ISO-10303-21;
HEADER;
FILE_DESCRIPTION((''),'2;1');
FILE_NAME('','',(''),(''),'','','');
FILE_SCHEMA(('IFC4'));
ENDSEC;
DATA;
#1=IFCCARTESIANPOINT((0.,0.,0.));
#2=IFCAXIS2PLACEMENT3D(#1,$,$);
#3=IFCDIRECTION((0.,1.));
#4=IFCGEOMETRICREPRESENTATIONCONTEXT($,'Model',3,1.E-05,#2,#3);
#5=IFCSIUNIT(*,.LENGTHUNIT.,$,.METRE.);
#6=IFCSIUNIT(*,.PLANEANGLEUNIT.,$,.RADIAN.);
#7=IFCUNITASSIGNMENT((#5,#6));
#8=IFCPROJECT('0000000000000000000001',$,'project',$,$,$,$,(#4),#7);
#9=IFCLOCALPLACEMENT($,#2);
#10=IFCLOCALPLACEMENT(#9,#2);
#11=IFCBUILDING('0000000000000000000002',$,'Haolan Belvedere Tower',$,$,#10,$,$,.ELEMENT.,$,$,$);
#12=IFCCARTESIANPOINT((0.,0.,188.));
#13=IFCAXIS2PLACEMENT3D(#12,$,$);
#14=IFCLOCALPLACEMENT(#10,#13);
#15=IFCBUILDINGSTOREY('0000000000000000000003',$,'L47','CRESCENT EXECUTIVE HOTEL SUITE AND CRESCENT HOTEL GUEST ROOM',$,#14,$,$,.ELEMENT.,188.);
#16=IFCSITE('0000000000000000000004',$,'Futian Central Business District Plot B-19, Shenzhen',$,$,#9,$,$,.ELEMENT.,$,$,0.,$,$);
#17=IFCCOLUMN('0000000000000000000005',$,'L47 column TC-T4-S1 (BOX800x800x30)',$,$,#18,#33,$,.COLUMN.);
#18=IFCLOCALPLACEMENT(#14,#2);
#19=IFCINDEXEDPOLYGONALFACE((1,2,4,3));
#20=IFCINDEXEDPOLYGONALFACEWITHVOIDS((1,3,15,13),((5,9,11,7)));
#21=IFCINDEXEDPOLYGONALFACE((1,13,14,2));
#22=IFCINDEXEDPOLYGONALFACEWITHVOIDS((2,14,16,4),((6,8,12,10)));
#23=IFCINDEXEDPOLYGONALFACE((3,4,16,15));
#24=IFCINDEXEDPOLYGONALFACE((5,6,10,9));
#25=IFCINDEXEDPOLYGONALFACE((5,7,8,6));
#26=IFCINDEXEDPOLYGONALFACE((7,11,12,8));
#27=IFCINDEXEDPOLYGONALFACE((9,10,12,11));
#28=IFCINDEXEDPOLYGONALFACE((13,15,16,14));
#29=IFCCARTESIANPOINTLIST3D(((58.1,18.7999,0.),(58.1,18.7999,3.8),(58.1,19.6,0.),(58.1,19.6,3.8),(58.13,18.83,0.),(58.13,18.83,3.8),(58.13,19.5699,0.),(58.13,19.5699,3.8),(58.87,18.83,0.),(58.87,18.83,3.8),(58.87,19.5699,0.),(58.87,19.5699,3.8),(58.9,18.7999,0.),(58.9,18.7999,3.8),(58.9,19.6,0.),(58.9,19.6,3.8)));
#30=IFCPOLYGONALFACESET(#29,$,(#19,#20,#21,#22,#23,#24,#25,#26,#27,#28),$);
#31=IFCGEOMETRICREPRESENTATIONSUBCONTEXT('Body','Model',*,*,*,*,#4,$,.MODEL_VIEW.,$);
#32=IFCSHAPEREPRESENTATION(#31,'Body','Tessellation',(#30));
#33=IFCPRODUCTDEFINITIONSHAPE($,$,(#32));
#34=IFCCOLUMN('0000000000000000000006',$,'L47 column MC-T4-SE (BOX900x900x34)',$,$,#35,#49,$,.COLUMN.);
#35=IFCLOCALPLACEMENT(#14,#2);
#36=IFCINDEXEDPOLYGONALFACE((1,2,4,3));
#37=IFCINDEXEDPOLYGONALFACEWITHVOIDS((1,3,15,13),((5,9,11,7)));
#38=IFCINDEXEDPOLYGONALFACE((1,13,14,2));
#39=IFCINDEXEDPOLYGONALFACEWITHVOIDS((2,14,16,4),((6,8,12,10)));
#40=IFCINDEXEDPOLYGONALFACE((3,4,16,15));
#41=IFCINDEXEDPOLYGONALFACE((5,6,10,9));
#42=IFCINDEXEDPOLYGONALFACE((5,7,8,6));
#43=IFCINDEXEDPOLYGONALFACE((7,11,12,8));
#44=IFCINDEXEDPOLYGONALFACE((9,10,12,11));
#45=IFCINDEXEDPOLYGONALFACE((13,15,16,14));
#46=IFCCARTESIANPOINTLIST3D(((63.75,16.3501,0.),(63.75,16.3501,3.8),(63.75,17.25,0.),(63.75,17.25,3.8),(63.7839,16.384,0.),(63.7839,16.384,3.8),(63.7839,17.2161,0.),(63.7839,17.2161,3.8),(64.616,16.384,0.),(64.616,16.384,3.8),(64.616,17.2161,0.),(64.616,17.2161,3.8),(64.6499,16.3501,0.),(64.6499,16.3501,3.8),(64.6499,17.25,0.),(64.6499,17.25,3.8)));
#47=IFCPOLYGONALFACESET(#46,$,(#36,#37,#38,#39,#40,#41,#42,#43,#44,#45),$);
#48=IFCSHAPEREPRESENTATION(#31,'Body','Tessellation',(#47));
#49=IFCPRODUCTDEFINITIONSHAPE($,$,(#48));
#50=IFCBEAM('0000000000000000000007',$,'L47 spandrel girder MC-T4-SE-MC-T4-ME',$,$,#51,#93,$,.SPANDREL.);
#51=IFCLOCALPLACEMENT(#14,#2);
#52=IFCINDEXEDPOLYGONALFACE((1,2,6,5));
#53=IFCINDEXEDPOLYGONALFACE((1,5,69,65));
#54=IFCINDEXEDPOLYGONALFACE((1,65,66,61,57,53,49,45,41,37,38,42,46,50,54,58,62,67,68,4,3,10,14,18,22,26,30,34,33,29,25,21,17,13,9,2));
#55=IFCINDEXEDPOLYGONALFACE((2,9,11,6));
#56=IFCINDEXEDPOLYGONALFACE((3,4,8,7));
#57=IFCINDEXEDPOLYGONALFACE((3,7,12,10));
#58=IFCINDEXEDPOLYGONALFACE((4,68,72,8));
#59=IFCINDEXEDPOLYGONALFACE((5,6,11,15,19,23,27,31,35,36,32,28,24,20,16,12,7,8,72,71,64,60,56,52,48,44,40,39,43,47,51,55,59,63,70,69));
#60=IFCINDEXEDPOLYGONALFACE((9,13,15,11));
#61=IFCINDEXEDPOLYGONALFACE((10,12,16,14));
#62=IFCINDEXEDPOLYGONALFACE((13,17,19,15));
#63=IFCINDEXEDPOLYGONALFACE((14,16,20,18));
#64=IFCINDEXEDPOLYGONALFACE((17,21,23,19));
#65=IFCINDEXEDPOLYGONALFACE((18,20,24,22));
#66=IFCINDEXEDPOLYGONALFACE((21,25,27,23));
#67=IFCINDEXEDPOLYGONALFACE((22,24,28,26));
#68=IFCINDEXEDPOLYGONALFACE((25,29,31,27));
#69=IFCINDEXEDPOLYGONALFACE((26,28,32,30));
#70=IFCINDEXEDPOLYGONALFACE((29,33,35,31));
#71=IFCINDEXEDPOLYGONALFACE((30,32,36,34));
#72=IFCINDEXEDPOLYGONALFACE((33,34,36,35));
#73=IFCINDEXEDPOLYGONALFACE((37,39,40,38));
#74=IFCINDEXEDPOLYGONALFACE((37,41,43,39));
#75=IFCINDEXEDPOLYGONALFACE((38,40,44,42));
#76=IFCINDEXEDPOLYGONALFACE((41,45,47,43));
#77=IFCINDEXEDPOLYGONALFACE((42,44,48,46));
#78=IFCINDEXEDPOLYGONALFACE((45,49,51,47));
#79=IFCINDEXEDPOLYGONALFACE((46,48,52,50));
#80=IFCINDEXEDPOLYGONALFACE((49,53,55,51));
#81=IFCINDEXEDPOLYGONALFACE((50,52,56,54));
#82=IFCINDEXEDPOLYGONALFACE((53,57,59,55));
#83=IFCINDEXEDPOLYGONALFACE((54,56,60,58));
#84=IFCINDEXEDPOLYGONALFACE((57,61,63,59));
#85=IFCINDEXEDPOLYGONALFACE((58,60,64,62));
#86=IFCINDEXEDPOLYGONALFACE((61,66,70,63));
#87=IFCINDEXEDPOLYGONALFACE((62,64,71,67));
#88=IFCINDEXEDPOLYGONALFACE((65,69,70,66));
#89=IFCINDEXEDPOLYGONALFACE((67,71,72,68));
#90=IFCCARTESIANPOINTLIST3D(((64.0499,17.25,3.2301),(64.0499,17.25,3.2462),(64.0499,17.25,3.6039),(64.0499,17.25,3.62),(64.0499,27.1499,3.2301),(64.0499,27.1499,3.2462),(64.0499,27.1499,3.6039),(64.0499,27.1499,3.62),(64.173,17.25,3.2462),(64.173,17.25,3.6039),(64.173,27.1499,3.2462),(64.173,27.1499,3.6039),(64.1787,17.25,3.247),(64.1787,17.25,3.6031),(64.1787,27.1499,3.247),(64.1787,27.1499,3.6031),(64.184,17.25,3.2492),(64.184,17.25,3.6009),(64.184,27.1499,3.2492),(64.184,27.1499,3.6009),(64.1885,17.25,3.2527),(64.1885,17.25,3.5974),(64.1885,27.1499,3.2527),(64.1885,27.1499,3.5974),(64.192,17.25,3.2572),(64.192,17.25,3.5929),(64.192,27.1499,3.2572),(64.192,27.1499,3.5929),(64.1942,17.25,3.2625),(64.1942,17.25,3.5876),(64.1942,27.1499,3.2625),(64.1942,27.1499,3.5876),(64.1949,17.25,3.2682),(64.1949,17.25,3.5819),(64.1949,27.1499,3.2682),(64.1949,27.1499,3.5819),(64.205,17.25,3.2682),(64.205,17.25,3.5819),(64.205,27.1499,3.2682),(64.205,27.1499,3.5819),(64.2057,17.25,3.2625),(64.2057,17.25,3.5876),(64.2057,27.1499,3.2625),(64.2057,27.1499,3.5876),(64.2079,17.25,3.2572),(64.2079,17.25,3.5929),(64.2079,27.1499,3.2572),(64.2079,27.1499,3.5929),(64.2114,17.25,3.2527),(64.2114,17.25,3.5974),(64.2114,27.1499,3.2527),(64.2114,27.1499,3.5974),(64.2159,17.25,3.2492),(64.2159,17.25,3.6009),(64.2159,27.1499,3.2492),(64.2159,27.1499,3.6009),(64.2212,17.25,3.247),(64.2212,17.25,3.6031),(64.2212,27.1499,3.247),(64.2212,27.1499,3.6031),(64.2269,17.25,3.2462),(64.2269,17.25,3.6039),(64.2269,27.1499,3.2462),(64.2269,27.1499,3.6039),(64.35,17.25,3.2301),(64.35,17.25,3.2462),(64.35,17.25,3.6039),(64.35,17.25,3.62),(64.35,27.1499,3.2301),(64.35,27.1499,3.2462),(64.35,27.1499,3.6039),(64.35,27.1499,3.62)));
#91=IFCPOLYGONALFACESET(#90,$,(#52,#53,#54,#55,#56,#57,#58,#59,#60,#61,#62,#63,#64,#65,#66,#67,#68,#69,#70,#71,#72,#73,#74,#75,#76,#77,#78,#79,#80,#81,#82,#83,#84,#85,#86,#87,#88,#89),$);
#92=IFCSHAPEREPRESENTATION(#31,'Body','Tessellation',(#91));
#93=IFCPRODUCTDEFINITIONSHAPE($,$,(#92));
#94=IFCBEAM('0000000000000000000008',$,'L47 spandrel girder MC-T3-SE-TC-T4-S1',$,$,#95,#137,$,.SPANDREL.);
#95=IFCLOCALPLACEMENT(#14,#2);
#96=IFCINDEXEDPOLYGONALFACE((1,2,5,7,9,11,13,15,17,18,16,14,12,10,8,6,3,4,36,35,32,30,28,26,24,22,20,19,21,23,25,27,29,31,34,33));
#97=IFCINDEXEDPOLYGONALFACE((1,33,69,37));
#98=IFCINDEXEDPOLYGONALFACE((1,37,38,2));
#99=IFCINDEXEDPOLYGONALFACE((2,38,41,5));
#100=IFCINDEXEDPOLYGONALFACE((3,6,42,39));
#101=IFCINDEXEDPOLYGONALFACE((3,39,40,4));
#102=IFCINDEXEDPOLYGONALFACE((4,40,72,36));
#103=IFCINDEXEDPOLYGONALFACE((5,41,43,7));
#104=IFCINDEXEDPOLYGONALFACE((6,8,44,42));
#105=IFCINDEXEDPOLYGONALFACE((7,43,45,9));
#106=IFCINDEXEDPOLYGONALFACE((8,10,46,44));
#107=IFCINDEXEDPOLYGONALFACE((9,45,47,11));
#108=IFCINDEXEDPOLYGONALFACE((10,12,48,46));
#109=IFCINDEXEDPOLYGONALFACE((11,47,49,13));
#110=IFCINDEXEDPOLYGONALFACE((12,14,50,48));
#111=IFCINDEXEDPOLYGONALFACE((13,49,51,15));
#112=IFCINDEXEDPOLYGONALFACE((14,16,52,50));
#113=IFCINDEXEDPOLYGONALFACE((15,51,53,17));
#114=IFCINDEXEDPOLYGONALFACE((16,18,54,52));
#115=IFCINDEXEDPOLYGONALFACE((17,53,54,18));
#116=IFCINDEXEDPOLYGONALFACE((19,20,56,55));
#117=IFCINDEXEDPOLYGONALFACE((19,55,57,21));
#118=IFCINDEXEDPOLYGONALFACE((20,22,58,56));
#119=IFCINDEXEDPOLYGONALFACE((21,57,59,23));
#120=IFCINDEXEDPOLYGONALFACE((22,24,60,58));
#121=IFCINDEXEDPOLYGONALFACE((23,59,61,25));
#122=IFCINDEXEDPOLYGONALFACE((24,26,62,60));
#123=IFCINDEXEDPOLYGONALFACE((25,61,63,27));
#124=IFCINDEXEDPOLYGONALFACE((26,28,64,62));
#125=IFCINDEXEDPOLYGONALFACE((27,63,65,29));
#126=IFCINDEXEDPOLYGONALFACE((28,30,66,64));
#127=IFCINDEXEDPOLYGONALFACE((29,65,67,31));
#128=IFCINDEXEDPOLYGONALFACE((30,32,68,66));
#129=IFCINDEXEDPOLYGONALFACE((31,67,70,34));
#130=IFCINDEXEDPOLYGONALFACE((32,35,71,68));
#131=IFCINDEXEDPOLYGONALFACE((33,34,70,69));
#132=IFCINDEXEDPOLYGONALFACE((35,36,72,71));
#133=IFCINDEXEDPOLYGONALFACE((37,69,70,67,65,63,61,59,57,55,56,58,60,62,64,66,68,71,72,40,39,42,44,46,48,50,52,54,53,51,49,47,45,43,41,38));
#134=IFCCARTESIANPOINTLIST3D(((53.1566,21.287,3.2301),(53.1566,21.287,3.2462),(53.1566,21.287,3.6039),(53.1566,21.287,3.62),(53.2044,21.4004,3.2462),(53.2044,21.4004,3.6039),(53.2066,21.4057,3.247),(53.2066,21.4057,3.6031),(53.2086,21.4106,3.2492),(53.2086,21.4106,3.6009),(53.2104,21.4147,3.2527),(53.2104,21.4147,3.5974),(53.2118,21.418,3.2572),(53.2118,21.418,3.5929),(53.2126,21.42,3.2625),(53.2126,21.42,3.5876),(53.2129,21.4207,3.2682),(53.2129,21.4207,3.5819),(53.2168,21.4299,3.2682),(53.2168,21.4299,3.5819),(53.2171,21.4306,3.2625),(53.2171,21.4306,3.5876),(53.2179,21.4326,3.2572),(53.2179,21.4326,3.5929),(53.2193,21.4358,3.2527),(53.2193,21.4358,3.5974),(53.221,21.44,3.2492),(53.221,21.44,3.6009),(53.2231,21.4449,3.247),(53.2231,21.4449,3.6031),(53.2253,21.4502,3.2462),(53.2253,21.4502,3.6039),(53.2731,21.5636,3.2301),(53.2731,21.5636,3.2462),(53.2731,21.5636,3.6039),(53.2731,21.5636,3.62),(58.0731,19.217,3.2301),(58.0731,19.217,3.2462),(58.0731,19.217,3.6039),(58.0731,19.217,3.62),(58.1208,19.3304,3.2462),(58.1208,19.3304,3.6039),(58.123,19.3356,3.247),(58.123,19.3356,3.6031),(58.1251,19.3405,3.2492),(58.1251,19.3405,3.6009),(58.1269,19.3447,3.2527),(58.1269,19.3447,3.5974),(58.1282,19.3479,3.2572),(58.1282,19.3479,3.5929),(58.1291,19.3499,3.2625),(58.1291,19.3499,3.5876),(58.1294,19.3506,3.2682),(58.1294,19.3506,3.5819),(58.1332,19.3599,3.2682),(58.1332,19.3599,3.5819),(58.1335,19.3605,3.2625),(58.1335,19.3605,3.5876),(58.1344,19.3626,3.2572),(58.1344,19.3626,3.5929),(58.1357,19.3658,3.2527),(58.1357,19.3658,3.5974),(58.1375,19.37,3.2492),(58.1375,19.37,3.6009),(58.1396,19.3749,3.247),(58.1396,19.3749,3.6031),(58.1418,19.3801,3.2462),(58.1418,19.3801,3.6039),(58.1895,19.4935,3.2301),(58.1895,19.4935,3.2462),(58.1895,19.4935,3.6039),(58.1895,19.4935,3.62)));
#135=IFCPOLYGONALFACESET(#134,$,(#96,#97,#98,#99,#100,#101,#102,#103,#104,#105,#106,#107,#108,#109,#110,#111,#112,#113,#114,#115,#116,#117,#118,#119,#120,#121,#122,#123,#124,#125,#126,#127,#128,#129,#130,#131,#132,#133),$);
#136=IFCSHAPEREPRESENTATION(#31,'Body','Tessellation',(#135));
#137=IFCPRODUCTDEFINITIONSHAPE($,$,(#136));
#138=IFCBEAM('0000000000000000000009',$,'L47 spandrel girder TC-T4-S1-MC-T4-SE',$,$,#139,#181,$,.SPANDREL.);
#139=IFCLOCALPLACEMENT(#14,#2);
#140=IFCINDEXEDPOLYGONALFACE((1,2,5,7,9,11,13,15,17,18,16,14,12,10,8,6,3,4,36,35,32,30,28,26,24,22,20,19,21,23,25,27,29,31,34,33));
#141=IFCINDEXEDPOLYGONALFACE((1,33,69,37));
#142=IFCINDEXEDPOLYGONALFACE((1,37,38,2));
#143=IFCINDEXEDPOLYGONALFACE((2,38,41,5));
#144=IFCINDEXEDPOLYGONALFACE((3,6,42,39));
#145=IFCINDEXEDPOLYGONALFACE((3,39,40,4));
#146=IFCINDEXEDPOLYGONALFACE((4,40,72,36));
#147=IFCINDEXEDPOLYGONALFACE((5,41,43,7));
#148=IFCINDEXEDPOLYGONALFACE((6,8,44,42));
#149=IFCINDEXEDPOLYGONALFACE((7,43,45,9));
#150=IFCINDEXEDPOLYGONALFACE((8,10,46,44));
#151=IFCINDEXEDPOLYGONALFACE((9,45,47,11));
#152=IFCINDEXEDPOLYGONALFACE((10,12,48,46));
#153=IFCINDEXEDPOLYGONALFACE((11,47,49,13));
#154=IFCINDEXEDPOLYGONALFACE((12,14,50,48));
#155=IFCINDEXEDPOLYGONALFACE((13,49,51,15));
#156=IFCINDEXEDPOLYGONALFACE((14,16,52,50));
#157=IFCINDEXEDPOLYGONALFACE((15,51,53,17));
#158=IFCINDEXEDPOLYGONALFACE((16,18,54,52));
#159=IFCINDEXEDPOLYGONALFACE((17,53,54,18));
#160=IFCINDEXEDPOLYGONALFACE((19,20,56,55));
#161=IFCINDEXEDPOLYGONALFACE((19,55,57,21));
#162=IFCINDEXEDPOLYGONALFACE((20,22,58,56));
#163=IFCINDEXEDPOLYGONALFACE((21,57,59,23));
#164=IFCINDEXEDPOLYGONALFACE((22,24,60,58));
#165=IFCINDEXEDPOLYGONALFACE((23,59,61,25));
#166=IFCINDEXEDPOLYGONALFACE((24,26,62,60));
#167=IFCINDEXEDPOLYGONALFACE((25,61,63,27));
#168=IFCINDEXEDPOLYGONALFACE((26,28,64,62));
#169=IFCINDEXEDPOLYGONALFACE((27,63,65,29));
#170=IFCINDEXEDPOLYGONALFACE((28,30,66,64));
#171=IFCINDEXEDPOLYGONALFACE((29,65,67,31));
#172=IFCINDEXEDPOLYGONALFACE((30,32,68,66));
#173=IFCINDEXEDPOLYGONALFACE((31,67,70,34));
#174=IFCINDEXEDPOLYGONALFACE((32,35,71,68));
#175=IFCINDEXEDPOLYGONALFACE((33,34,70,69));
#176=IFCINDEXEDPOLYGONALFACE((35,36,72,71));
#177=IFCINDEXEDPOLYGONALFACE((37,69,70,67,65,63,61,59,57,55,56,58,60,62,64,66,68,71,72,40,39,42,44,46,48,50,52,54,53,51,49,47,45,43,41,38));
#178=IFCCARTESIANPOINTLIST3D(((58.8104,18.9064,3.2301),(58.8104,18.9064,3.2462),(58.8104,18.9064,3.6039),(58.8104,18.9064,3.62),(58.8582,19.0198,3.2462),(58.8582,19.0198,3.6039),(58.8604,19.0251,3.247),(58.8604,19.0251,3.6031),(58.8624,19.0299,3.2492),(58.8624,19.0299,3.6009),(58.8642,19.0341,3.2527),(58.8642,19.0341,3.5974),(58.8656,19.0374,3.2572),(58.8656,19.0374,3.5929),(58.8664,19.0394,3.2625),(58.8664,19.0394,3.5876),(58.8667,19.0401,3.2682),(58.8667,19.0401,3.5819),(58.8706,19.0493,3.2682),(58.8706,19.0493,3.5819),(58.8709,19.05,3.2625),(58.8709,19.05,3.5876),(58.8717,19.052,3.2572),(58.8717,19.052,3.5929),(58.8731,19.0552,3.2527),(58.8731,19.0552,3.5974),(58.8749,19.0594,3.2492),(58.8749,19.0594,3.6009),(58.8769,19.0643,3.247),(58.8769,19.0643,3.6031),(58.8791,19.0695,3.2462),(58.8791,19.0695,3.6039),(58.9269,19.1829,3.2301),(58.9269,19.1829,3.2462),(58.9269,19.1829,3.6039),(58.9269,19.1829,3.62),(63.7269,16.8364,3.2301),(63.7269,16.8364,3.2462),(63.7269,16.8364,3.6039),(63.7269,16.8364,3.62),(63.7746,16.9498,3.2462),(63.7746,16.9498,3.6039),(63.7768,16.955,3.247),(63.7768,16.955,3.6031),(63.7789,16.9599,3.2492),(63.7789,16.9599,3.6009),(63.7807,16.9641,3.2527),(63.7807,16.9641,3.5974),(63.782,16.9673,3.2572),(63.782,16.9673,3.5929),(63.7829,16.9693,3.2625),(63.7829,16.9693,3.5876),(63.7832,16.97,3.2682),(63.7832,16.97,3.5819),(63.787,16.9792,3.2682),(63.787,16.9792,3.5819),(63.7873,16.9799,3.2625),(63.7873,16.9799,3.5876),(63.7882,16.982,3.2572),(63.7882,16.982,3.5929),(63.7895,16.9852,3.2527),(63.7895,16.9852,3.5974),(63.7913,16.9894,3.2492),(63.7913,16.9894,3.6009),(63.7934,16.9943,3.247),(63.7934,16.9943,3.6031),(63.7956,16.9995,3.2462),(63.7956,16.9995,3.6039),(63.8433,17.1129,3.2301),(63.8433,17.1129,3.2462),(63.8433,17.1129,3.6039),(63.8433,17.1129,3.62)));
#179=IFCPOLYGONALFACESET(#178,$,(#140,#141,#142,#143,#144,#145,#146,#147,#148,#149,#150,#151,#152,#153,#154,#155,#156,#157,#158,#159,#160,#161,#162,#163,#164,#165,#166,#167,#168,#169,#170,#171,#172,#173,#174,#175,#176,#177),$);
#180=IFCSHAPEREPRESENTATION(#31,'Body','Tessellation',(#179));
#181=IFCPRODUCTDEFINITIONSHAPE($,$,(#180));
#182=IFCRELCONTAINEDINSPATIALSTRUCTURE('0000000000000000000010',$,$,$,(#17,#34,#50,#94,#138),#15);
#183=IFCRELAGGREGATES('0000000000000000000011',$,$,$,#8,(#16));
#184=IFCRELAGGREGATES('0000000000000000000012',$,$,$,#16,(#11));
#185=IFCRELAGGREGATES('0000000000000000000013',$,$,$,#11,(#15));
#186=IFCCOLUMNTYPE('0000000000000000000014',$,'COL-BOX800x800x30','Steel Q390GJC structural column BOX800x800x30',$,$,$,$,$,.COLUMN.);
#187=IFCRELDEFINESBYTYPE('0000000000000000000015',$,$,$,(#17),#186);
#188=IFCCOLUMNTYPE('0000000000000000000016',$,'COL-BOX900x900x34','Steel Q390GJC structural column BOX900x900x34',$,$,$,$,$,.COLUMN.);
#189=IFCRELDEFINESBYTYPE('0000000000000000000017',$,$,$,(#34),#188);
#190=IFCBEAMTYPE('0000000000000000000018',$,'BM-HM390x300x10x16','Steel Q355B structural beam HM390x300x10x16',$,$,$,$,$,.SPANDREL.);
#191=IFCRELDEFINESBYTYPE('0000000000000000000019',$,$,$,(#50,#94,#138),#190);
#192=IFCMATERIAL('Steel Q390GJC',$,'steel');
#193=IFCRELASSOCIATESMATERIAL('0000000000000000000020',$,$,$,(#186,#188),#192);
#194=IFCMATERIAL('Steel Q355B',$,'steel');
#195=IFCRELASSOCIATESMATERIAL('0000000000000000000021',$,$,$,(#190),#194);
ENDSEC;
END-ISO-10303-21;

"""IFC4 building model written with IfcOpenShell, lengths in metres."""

from ifc_helpers import new_model, si_unit, direction, frame, origin, origin_2d, place, context, subcontext, project, spatial, hollow_rectangle, i_section, extrude, material, material_profile, profile_set, type_object, element, save


model = new_model("IFC4")

# Units and contexts
model_context = context("Model", 3, precision=1e-05, world=origin(), true_north=direction((0.0, 1.0)))
body_context = subcontext(model_context, "Body", "Model", "MODEL_VIEW")
ifc_project = project(units=[si_unit("LENGTHUNIT", "METRE"), si_unit("PLANEANGLEUNIT", "RADIAN")], contexts=[model_context])

# Site, building, storey
site_placement = place(None, origin())
site = spatial("IfcSite", under=ifc_project, at=site_placement, Name="Futian Central Business District Plot B-19, Shenzhen", CompositionType="ELEMENT", RefElevation=0.0)
building_placement = place(site_placement, origin())
building = spatial("IfcBuilding", under=site, at=building_placement, Name="Haolan Belvedere Tower", CompositionType="ELEMENT")
storey_placement = place(building_placement, frame((0.0, 0.0, 188.0)))
storey = spatial("IfcBuildingStorey", under=building, at=storey_placement, Name="L47", Description="CRESCENT EXECUTIVE HOTEL SUITE AND CRESCENT HOTEL GUEST ROOM", CompositionType="ELEMENT", Elevation=188.0)

# Columns
ifc_material_1 = material(Name="Steel Q390GJC", Category="steel")
ifc_material_profile_1 = material_profile(ifc_material_1, hollow_rectangle(XDim=0.8, YDim=0.8, WallThickness=0.03, at=origin_2d()), Name="Steel Q390GJC")
ifc_profile_set_1 = profile_set([ifc_material_profile_1], Name="Steel Q390GJC")
column_type_1 = type_object("IfcColumnType", Name="COL-BOX800x800x30", Description="Steel Q390GJC structural column BOX800x800x30", PredefinedType="COLUMN", material=ifc_profile_set_1)
column_1_placement = place(storey_placement, frame((58.5, 19.2, 0.0), z_axis=(0.0, 0.0, 1.0), x_axis=(1.0, 0.0, 0.0)))
element("IfcColumn", 1, at=column_1_placement, inside=storey, type_object=column_type_1, Name="L47 column TC-T4-S1 (BOX800x800x30)", PredefinedType="COLUMN", context=body_context, shape_type="SweptSolid", body=[
    extrude(hollow_rectangle(XDim=0.8, YDim=0.8, WallThickness=0.03, at=origin_2d()), origin(), (0.0, 0.0, 1.0), 3.8),
])
ifc_material_profile_2 = material_profile(ifc_material_1, hollow_rectangle(XDim=0.8999, YDim=0.8999, WallThickness=0.0339, at=origin_2d()), Name="Steel Q390GJC")
ifc_profile_set_2 = profile_set([ifc_material_profile_2], Name="Steel Q390GJC")
column_type_2 = type_object("IfcColumnType", Name="COL-BOX900x900x34", Description="Steel Q390GJC structural column BOX900x900x34", PredefinedType="COLUMN", material=ifc_profile_set_2)
column_2_placement = place(storey_placement, frame((64.2, 16.8, 0.0), z_axis=(0.0, 0.0, 1.0), x_axis=(1.0, 0.0, 0.0)))
element("IfcColumn", 2, at=column_2_placement, inside=storey, type_object=column_type_2, Name="L47 column MC-T4-SE (BOX900x900x34)", PredefinedType="COLUMN", context=body_context, shape_type="SweptSolid", body=[
    extrude(hollow_rectangle(XDim=0.8999, YDim=0.8999, WallThickness=0.0339, at=origin_2d()), origin(), (0.0, 0.0, 1.0), 3.8),
])

# Beams
ifc_material_2 = material(Name="Steel Q355B", Category="steel")
ifc_material_profile_3 = material_profile(ifc_material_2, i_section(OverallWidth=0.3, OverallDepth=0.3899, WebThickness=0.01, FlangeThickness=0.0161, FilletRadius=0.022, at=origin_2d()), Name="Steel Q355B")
ifc_profile_set_3 = profile_set([ifc_material_profile_3], Name="Steel Q355B")
beam_type = type_object("IfcBeamType", Name="BM-HM390x300x10x16", Description="Steel Q355B structural beam HM390x300x10x16", PredefinedType="SPANDREL", material=ifc_profile_set_3)
beam_placement = place(storey_placement, frame((64.2, 17.25, 3.425), z_axis=(0.0, 1.0, 0.0), x_axis=(-1.0, 0.0, 0.0)))
element("IfcBeam", 3, at=beam_placement, inside=storey, type_object=beam_type, Name="L47 spandrel girder MC-T4-SE-MC-T4-ME", PredefinedType="SPANDREL", context=body_context, shape_type="SweptSolid", body=[
    extrude(i_section(OverallWidth=0.3, OverallDepth=0.3899, WebThickness=0.01, FlangeThickness=0.0161, FilletRadius=0.022, at=origin_2d()), origin(), (0.0, 0.0, 1.0), 9.8999),
])
for number, where, z_axis, x_axis, name in (
    (4, (53.2148, 21.4253, 3.425), (0.921638, -0.388051, 0.0), (0.388051, 0.921638, 0.0), "L47 spandrel girder MC-T3-SE-TC-T4-S1"),
    (5, (58.8687, 19.0447, 3.425), (0.921638, -0.388051, 0.0), (0.388051, 0.921638, 0.0), "L47 spandrel girder TC-T4-S1-MC-T4-SE"),
):
    element("IfcBeam", number, at=place(storey_placement, frame(where, z_axis=z_axis, x_axis=x_axis)), inside=storey, type_object=beam_type, Name=name, PredefinedType="SPANDREL", context=body_context, shape_type="SweptSolid", body=[
        extrude(i_section(OverallWidth=0.3, OverallDepth=0.3899, WebThickness=0.01, FlangeThickness=0.0161, FilletRadius=0.022, at=origin_2d()), origin(), (0.0, 0.0, 1.0), 5.3345),
    ])

save(model, "model.ifc")
